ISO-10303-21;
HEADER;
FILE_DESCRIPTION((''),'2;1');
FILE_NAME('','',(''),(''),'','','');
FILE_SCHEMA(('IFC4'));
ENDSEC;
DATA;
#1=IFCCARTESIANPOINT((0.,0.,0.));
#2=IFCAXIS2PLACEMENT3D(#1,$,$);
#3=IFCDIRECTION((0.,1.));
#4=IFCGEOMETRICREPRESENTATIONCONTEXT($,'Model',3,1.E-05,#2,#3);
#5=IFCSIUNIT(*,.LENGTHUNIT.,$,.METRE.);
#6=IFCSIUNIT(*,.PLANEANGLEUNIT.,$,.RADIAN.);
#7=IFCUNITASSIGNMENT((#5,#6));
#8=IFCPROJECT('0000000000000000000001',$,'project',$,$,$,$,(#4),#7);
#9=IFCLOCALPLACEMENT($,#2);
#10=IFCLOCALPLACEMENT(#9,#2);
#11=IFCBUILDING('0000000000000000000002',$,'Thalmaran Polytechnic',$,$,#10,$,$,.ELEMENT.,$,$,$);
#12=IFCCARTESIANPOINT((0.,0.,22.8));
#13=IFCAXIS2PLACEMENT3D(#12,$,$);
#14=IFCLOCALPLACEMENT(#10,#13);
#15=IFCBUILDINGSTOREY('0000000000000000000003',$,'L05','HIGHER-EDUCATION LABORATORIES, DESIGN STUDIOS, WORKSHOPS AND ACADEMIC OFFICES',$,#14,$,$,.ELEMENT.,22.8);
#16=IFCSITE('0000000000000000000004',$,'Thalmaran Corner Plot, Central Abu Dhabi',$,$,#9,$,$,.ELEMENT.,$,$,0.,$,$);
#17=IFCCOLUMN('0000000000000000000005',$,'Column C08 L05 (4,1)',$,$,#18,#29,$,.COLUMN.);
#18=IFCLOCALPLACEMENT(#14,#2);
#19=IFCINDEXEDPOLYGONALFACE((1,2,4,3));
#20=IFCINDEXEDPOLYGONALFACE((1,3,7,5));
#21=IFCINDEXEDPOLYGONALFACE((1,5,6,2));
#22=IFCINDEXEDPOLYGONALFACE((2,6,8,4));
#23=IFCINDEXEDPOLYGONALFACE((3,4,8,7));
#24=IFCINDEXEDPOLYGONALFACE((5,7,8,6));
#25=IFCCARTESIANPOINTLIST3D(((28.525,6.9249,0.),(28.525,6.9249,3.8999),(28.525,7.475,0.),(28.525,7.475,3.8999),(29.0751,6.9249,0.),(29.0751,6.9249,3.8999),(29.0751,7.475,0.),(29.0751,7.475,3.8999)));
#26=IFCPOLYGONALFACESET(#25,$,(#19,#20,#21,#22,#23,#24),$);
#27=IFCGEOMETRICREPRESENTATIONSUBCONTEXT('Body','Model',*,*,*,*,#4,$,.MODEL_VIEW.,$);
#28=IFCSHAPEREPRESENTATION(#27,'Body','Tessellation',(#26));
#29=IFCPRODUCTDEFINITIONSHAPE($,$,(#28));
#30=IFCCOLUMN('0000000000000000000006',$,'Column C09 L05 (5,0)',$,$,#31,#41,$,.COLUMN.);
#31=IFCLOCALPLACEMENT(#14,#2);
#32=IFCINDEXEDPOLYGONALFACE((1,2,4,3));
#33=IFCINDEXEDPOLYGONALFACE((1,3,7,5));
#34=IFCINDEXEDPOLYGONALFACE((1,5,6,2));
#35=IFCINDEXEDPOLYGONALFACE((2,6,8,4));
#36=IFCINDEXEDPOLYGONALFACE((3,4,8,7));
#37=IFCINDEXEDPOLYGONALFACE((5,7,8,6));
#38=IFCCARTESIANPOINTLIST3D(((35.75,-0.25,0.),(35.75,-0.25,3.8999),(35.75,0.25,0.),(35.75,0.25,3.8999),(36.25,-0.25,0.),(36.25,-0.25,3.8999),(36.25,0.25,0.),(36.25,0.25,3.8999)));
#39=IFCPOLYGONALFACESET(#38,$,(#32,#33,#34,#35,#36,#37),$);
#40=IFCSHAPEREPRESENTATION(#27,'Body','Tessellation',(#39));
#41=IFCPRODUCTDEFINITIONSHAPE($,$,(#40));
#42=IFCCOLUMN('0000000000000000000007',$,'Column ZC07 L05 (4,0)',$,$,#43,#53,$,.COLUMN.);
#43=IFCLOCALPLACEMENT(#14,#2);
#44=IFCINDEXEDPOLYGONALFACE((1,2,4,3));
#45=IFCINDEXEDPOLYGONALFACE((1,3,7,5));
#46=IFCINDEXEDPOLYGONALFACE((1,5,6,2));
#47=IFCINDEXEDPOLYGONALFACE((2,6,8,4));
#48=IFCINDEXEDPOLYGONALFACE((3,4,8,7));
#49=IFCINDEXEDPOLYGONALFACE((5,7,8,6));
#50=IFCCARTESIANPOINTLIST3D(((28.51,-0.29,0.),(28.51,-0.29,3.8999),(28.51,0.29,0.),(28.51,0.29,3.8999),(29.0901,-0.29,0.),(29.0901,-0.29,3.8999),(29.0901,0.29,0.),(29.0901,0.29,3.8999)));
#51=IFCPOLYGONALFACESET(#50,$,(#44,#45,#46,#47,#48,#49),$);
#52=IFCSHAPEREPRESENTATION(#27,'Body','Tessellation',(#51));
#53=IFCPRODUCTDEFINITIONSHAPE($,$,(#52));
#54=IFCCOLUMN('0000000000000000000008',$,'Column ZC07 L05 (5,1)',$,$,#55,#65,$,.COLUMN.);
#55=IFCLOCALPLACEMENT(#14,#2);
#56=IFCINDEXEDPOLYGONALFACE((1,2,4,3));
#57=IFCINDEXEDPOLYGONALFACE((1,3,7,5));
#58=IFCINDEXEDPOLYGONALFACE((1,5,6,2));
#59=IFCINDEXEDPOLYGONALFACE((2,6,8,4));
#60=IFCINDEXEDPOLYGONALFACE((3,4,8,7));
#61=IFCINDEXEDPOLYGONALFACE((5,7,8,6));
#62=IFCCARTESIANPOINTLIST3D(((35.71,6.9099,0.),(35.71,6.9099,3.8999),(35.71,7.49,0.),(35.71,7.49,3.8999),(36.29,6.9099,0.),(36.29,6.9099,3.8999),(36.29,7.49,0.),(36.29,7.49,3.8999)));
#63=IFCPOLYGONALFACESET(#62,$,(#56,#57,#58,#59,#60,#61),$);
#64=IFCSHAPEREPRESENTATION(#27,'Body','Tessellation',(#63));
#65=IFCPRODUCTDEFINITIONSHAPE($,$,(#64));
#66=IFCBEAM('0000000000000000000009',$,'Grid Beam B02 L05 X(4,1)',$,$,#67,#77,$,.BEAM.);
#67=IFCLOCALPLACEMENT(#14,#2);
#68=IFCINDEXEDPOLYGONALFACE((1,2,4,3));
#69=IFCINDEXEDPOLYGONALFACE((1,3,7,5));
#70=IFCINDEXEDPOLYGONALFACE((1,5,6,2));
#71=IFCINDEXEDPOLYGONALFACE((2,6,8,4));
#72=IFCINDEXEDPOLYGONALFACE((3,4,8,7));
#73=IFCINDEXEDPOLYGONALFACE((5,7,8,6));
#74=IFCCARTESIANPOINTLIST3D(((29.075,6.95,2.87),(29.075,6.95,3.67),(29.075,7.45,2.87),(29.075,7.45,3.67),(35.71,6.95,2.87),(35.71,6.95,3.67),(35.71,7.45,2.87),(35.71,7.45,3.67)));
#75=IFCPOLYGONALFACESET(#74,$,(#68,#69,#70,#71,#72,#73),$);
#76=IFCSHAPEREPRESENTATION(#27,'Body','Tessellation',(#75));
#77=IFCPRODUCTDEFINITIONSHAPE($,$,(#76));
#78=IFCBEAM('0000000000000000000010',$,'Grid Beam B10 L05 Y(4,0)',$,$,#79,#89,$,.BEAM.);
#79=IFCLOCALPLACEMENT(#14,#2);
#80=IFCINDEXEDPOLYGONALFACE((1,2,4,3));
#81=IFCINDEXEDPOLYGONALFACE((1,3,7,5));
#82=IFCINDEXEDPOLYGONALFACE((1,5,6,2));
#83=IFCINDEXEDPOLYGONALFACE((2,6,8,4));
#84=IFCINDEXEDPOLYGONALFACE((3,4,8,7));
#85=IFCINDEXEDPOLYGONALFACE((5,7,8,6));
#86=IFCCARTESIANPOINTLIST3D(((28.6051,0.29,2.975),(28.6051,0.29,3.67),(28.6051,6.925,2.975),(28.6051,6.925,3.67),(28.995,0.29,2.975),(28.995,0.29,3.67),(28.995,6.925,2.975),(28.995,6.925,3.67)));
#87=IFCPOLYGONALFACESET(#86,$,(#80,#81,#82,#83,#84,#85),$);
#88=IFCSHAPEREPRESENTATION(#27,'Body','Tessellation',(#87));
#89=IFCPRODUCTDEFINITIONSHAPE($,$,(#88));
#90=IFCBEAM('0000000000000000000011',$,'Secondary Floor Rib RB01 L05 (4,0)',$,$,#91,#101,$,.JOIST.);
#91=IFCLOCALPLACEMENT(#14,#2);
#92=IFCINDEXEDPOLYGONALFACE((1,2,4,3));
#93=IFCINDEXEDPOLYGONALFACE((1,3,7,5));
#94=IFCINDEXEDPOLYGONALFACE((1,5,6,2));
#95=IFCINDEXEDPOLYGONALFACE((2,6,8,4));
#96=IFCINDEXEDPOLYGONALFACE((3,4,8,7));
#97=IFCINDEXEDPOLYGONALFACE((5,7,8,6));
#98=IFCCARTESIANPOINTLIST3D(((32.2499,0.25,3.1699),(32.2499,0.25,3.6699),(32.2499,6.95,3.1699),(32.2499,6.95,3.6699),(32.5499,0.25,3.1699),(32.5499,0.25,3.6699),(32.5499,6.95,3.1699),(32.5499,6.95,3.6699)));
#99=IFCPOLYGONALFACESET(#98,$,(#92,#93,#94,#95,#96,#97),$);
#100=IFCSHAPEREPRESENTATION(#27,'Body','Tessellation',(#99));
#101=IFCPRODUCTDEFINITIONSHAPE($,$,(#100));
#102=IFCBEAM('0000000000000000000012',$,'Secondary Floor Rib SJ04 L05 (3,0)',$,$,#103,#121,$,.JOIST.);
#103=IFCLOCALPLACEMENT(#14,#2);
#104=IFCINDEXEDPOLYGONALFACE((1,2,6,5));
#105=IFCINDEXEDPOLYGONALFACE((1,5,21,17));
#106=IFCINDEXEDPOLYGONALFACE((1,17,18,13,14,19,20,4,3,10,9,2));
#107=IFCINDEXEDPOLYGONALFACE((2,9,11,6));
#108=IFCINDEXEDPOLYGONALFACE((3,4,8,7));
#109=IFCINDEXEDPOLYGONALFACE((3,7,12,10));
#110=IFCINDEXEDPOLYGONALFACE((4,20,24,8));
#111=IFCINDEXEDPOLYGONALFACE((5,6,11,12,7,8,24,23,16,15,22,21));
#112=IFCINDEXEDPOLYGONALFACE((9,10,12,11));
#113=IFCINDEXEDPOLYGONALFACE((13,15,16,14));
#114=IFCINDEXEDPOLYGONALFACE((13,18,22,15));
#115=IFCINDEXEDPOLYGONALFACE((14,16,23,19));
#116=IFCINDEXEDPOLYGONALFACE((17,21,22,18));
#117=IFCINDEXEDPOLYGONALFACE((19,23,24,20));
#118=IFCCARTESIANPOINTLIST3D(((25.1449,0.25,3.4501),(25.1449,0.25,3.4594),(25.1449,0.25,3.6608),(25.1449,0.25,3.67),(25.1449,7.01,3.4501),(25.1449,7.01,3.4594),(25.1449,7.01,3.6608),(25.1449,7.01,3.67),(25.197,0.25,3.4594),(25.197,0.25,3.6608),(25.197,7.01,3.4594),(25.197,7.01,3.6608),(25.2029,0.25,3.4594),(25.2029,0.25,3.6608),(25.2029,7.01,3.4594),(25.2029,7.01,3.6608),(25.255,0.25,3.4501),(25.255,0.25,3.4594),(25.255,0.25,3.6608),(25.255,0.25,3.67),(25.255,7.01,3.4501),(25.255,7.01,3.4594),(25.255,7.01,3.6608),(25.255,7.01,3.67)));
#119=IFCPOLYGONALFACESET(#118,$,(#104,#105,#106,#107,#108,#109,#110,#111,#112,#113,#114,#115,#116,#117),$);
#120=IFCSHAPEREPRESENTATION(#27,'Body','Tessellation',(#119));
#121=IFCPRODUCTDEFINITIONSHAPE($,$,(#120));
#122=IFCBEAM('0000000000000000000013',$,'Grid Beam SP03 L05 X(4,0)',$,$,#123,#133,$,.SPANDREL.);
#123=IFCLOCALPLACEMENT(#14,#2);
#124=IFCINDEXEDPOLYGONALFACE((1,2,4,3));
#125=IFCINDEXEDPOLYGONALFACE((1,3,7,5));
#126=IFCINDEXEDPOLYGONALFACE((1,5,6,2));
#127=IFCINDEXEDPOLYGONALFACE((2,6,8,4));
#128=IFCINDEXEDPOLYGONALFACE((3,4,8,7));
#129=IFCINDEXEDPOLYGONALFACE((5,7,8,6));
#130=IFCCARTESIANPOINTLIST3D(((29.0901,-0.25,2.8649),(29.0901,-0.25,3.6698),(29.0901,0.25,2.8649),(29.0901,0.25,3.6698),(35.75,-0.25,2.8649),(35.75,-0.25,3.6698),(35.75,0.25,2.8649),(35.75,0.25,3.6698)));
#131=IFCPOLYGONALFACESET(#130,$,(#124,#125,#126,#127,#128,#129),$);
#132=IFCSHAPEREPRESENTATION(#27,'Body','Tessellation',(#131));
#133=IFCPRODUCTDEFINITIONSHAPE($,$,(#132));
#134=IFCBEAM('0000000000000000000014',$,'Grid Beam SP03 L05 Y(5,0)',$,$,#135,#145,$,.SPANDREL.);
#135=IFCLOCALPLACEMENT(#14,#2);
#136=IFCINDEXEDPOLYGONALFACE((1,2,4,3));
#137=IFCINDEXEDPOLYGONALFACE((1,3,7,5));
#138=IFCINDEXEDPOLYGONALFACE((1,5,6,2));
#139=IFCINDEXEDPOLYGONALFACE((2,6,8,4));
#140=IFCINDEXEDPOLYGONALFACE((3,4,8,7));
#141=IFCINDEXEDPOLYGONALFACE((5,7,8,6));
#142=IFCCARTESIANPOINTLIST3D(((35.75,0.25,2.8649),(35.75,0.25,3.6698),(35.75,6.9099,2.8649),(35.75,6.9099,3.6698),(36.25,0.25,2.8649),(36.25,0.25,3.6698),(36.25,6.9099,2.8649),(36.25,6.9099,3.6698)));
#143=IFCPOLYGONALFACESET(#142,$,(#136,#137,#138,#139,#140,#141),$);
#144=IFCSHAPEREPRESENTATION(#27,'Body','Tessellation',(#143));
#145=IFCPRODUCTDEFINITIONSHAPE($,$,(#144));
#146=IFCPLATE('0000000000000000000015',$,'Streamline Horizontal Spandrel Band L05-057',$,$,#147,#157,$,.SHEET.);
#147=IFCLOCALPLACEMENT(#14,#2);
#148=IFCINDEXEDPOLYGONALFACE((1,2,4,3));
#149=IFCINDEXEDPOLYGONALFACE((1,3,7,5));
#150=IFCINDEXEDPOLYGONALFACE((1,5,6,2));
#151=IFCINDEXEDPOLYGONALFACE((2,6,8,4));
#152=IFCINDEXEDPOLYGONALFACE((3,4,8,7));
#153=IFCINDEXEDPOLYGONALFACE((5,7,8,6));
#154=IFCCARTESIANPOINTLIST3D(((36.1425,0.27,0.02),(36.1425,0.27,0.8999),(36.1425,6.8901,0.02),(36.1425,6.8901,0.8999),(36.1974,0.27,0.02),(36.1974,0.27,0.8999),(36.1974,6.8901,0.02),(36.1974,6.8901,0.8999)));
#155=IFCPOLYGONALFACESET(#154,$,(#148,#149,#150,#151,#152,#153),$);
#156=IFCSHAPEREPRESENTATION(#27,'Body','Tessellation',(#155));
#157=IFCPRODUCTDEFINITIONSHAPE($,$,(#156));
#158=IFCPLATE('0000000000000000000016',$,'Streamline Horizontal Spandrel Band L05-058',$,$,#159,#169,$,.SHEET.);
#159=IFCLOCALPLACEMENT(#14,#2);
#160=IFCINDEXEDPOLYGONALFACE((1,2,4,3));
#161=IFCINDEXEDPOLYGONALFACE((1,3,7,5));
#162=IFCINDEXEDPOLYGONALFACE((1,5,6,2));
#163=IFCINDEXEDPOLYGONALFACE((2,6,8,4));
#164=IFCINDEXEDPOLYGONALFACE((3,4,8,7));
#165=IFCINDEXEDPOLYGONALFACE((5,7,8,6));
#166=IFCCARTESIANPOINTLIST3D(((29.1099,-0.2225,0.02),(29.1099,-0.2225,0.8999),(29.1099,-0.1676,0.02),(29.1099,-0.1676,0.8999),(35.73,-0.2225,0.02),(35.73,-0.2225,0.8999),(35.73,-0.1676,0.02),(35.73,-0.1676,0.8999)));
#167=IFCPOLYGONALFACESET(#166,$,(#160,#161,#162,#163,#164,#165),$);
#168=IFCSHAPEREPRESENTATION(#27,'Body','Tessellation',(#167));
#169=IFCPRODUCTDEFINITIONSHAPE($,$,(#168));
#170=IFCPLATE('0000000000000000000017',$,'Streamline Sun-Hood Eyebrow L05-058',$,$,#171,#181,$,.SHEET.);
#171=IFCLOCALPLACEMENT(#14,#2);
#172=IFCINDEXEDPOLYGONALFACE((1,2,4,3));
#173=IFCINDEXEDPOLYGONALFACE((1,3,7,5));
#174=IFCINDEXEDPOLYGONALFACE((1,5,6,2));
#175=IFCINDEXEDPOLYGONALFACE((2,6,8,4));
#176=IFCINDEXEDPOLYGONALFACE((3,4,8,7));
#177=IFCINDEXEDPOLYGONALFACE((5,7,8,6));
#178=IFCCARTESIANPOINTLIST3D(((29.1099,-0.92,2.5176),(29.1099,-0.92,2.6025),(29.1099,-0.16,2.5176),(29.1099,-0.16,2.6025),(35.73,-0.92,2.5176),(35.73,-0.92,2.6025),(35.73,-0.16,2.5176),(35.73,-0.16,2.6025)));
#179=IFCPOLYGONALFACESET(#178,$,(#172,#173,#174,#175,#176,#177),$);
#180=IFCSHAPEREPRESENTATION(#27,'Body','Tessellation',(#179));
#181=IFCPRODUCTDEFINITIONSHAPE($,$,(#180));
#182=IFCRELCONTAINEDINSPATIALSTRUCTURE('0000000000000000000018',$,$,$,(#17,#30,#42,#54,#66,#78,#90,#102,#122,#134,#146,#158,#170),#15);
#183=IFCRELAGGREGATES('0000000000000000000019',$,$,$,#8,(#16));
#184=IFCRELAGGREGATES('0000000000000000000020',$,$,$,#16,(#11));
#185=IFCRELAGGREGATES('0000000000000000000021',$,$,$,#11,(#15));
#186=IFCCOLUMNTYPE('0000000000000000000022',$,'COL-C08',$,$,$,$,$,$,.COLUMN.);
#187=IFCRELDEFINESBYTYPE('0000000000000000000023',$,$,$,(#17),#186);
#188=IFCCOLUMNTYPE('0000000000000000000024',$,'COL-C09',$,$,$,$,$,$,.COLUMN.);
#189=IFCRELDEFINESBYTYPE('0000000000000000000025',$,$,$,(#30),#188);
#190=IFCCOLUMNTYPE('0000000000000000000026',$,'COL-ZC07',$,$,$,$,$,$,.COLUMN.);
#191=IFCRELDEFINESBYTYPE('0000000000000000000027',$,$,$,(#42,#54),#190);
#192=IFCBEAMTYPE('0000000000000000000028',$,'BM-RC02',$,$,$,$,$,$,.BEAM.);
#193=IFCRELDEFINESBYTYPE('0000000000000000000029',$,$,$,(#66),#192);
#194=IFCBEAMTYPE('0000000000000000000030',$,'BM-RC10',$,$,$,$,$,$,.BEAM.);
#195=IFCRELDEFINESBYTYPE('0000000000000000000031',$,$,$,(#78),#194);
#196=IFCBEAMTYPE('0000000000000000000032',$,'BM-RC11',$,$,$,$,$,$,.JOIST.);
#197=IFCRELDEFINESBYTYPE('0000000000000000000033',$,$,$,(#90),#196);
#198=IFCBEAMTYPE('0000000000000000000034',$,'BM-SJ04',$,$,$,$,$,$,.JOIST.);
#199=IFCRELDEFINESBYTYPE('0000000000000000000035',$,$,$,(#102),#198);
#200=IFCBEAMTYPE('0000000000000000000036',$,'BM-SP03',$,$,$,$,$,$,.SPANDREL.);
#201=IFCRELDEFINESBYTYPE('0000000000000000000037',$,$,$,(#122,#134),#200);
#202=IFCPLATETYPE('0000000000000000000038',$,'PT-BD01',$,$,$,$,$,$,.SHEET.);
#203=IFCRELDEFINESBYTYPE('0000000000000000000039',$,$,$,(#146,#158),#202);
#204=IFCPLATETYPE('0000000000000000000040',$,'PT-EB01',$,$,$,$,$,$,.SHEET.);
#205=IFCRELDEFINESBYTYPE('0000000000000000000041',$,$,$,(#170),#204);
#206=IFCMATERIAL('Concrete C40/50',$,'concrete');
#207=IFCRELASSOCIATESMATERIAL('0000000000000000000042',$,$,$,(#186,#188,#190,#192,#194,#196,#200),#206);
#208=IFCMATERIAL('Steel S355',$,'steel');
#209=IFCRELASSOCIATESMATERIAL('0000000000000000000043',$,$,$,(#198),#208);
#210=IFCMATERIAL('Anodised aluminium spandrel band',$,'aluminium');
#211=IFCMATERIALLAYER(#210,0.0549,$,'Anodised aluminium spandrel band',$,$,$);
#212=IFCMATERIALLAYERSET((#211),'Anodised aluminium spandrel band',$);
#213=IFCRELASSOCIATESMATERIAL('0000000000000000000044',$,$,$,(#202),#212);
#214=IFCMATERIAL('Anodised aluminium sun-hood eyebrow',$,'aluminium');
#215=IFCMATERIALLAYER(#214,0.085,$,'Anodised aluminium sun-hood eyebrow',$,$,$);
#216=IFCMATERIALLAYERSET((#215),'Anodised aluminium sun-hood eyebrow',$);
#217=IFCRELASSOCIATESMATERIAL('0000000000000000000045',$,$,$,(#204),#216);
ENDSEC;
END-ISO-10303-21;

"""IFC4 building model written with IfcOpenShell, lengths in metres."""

from ifc_helpers import new_model, si_unit, direction, frame, origin, origin_2d, place, context, subcontext, project, spatial, rectangle, i_section, extrude, material, layer, layer_set, material_profile, profile_set, type_object, element, save


model = new_model("IFC4")

# Units and contexts
model_context = context("Model", 3, precision=1e-05, world=origin(), true_north=direction((0.0, 1.0)))
body_context = subcontext(model_context, "Body", "Model", "MODEL_VIEW")
ifc_project = project(units=[si_unit("LENGTHUNIT", "METRE"), si_unit("PLANEANGLEUNIT", "RADIAN")], contexts=[model_context])

# Site, building, storey
site_placement = place(None, origin())
site = spatial("IfcSite", under=ifc_project, at=site_placement, Name="Thalmaran Corner Plot, Central Abu Dhabi", CompositionType="ELEMENT", RefElevation=0.0)
building_placement = place(site_placement, origin())
building = spatial("IfcBuilding", under=site, at=building_placement, Name="Thalmaran Polytechnic", CompositionType="ELEMENT")
storey_placement = place(building_placement, frame((0.0, 0.0, 22.8)))
storey = spatial("IfcBuildingStorey", under=building, at=storey_placement, Name="L05", Description="HIGHER-EDUCATION LABORATORIES, DESIGN STUDIOS, WORKSHOPS AND ACADEMIC OFFICES", CompositionType="ELEMENT", Elevation=22.8)

# Columns
ifc_material_1 = material(Name="Concrete C40/50", Category="concrete")
ifc_material_profile_1 = material_profile(ifc_material_1, rectangle(XDim=0.55, YDim=0.55, at=origin_2d()), Name="RC 550x550")
ifc_profile_set_1 = profile_set([ifc_material_profile_1], Name="Concrete C40/50")
column_type_1 = type_object("IfcColumnType", Name="COL-C08", PredefinedType="COLUMN", material=ifc_profile_set_1)
column_1_placement = place(storey_placement, frame((28.8, 7.2, 0.0), z_axis=(0.0, 0.0, 1.0), x_axis=(1.0, 0.0, 0.0)))
element("IfcColumn", 1, at=column_1_placement, inside=storey, type_object=column_type_1, Name="Column C08 L05 (4,1)", PredefinedType="COLUMN", context=body_context, shape_type="SweptSolid", body=[
    extrude(rectangle(XDim=0.55, YDim=0.55, at=origin_2d()), origin(), (0.0, 0.0, 1.0), 3.8999),
])
ifc_material_profile_2 = material_profile(ifc_material_1, rectangle(XDim=0.5, YDim=0.5, at=origin_2d()), Name="RC 500x500")
ifc_profile_set_2 = profile_set([ifc_material_profile_2], Name="Concrete C40/50")
column_type_2 = type_object("IfcColumnType", Name="COL-C09", PredefinedType="COLUMN", material=ifc_profile_set_2)
column_2_placement = place(storey_placement, frame((36.0, 0.0, 0.0), z_axis=(0.0, 0.0, 1.0), x_axis=(1.0, 0.0, 0.0)))
element("IfcColumn", 2, at=column_2_placement, inside=storey, type_object=column_type_2, Name="Column C09 L05 (5,0)", PredefinedType="COLUMN", context=body_context, shape_type="SweptSolid", body=[
    extrude(rectangle(XDim=0.5, YDim=0.5, at=origin_2d()), origin(), (0.0, 0.0, 1.0), 3.8999),
])
ifc_material_profile_3 = material_profile(ifc_material_1, rectangle(XDim=0.5801, YDim=0.5801, at=origin_2d()), Name="RC 580x580")
ifc_profile_set_3 = profile_set([ifc_material_profile_3], Name="Concrete C40/50")
column_type_3 = type_object("IfcColumnType", Name="COL-ZC07", PredefinedType="COLUMN", material=ifc_profile_set_3)
for number, where, z_axis, x_axis, name in (
    (3, (28.8, 0.0, 0.0), (0.0, 0.0, 1.0), (1.0, 0.0, 0.0), "Column ZC07 L05 (4,0)"),
    (4, (36.0, 7.2, 0.0), (0.0, 0.0, 1.0), (1.0, 0.0, 0.0), "Column ZC07 L05 (5,1)"),
):
    element("IfcColumn", number, at=place(storey_placement, frame(where, z_axis=z_axis, x_axis=x_axis)), inside=storey, type_object=column_type_3, Name=name, PredefinedType="COLUMN", context=body_context, shape_type="SweptSolid", body=[
        extrude(rectangle(XDim=0.5801, YDim=0.5801, at=origin_2d()), origin(), (0.0, 0.0, 1.0), 3.8999),
    ])

# Beams
ifc_material_profile_4 = material_profile(ifc_material_1, rectangle(XDim=0.5, YDim=0.8, at=origin_2d()), Name="RC 500x800")
ifc_profile_set_4 = profile_set([ifc_material_profile_4], Name="Concrete C40/50")
beam_type_1 = type_object("IfcBeamType", Name="BM-RC02", PredefinedType="BEAM", material=ifc_profile_set_4)
beam_1_placement = place(storey_placement, frame((29.075, 7.2, 3.27), z_axis=(1.0, 0.0, 0.0), x_axis=(0.0, 1.0, 0.0)))
element("IfcBeam", 5, at=beam_1_placement, inside=storey, type_object=beam_type_1, Name="Grid Beam B02 L05 X(4,1)", PredefinedType="BEAM", context=body_context, shape_type="SweptSolid", body=[
    extrude(rectangle(XDim=0.5, YDim=0.8, at=origin_2d()), origin(), (0.0, 0.0, 1.0), 6.635),
])
ifc_material_profile_5 = material_profile(ifc_material_1, rectangle(XDim=0.3899, YDim=0.6951, at=origin_2d()), Name="RC 390x695")
ifc_profile_set_5 = profile_set([ifc_material_profile_5], Name="Concrete C40/50")
beam_type_2 = type_object("IfcBeamType", Name="BM-RC10", PredefinedType="BEAM", material=ifc_profile_set_5)
beam_2_placement = place(storey_placement, frame((28.8, 0.29, 3.3225), z_axis=(0.0, 1.0, 0.0), x_axis=(-1.0, 0.0, 0.0)))
element("IfcBeam", 6, at=beam_2_placement, inside=storey, type_object=beam_type_2, Name="Grid Beam B10 L05 Y(4,0)", PredefinedType="BEAM", context=body_context, shape_type="SweptSolid", body=[
    extrude(rectangle(XDim=0.3899, YDim=0.6951, at=origin_2d()), origin(), (0.0, 0.0, 1.0), 6.635),
])
ifc_material_profile_6 = material_profile(ifc_material_1, rectangle(XDim=0.3, YDim=0.5, at=origin_2d()), Name="RC 300x500")
ifc_profile_set_6 = profile_set([ifc_material_profile_6], Name="Concrete C40/50")
beam_type_3 = type_object("IfcBeamType", Name="BM-RC11", PredefinedType="JOIST", material=ifc_profile_set_6)
beam_3_placement = place(storey_placement, frame((32.3999, 0.25, 3.4199), z_axis=(0.0, 1.0, 0.0), x_axis=(-1.0, 0.0, 0.0)))
element("IfcBeam", 7, at=beam_3_placement, inside=storey, type_object=beam_type_3, Name="Secondary Floor Rib RB01 L05 (4,0)", PredefinedType="JOIST", context=body_context, shape_type="SweptSolid", body=[
    extrude(rectangle(XDim=0.3, YDim=0.5, at=origin_2d()), origin(), (0.0, 0.0, 1.0), 6.7),
])
ifc_material_2 = material(Name="Steel S355", Category="steel")
ifc_material_profile_7 = material_profile(ifc_material_2, i_section(OverallWidth=0.1101, OverallDepth=0.22, WebThickness=0.0059, FlangeThickness=0.0093, at=origin_2d()), Name="IPE 220")
ifc_profile_set_7 = profile_set([ifc_material_profile_7], Name="Steel S355")
beam_type_4 = type_object("IfcBeamType", Name="BM-SJ04", PredefinedType="JOIST", material=ifc_profile_set_7)
beam_4_placement = place(storey_placement, frame((25.2, 0.25, 3.5601), z_axis=(0.0, 1.0, 0.0), x_axis=(-1.0, 0.0, 0.0)))
element("IfcBeam", 8, at=beam_4_placement, inside=storey, type_object=beam_type_4, Name="Secondary Floor Rib SJ04 L05 (3,0)", PredefinedType="JOIST", context=body_context, shape_type="SweptSolid", body=[
    extrude(i_section(OverallWidth=0.1101, OverallDepth=0.22, WebThickness=0.0059, FlangeThickness=0.0093, at=origin_2d()), origin(), (0.0, 0.0, 1.0), 6.76),
])
ifc_material_profile_8 = material_profile(ifc_material_1, rectangle(XDim=0.5, YDim=0.8049, at=origin_2d()), Name="RC 500x805")
ifc_profile_set_8 = profile_set([ifc_material_profile_8], Name="Concrete C40/50")
beam_type_5 = type_object("IfcBeamType", Name="BM-SP03", PredefinedType="SPANDREL", material=ifc_profile_set_8)
for number, where, z_axis, x_axis, name in (
    (9, (29.0901, 0.0, 3.2673), (1.0, 0.0, 0.0), (0.0, 1.0, 0.0), "Grid Beam SP03 L05 X(4,0)"),
    (10, (36.0, 0.25, 3.2673), (0.0, 1.0, 0.0), (-1.0, 0.0, 0.0), "Grid Beam SP03 L05 Y(5,0)"),
):
    element("IfcBeam", number, at=place(storey_placement, frame(where, z_axis=z_axis, x_axis=x_axis)), inside=storey, type_object=beam_type_5, Name=name, PredefinedType="SPANDREL", context=body_context, shape_type="SweptSolid", body=[
        extrude(rectangle(XDim=0.5, YDim=0.8049, at=origin_2d()), origin(), (0.0, 0.0, 1.0), 6.6599),
    ])

# Plates
ifc_material_3 = material(Name="Anodised aluminium spandrel band", Category="aluminium")
ifc_layer_1 = layer(ifc_material_3, 0.0549, Name="Anodised aluminium spandrel band")
ifc_layer_set_1 = layer_set([ifc_layer_1], Name="Anodised aluminium spandrel band")
plate_type_1 = type_object("IfcPlateType", Name="PT-BD01", PredefinedType="SHEET", material=ifc_layer_set_1)
for number, where, z_axis, x_axis, name in (
    (11, (36.1699, 3.5801, 0.02), (0.0, 0.0, 1.0), (0.0, -1.0, 0.0), "Streamline Horizontal Spandrel Band L05-057"),
    (12, (32.4199, -0.1951, 0.02), (0.0, 0.0, 1.0), (-1.0, 0.0, 0.0), "Streamline Horizontal Spandrel Band L05-058"),
):
    element("IfcPlate", number, at=place(storey_placement, frame(where, z_axis=z_axis, x_axis=x_axis)), inside=storey, type_object=plate_type_1, Name=name, PredefinedType="SHEET", context=body_context, shape_type="SweptSolid", body=[
        extrude(rectangle(XDim=6.6201, YDim=0.0549, at=origin_2d()), origin(), (0.0, 0.0, 1.0), 0.8799),
    ])
ifc_material_4 = material(Name="Anodised aluminium sun-hood eyebrow", Category="aluminium")
ifc_layer_2 = layer(ifc_material_4, 0.085, Name="Anodised aluminium sun-hood eyebrow")
ifc_layer_set_2 = layer_set([ifc_layer_2], Name="Anodised aluminium sun-hood eyebrow")
plate_type_2 = type_object("IfcPlateType", Name="PT-EB01", PredefinedType="SHEET", material=ifc_layer_set_2)
plate_1_placement = place(storey_placement, frame((32.4199, -0.54, 2.5176), z_axis=(0.0, 0.0, 1.0), x_axis=(-1.0, 0.0, 0.0)))
element("IfcPlate", 13, at=plate_1_placement, inside=storey, type_object=plate_type_2, Name="Streamline Sun-Hood Eyebrow L05-058", PredefinedType="SHEET", context=body_context, shape_type="SweptSolid", body=[
    extrude(rectangle(XDim=6.6201, YDim=0.76, at=origin_2d()), origin(), (0.0, 0.0, 1.0), 0.085),
])

save(model, "model.ifc")
